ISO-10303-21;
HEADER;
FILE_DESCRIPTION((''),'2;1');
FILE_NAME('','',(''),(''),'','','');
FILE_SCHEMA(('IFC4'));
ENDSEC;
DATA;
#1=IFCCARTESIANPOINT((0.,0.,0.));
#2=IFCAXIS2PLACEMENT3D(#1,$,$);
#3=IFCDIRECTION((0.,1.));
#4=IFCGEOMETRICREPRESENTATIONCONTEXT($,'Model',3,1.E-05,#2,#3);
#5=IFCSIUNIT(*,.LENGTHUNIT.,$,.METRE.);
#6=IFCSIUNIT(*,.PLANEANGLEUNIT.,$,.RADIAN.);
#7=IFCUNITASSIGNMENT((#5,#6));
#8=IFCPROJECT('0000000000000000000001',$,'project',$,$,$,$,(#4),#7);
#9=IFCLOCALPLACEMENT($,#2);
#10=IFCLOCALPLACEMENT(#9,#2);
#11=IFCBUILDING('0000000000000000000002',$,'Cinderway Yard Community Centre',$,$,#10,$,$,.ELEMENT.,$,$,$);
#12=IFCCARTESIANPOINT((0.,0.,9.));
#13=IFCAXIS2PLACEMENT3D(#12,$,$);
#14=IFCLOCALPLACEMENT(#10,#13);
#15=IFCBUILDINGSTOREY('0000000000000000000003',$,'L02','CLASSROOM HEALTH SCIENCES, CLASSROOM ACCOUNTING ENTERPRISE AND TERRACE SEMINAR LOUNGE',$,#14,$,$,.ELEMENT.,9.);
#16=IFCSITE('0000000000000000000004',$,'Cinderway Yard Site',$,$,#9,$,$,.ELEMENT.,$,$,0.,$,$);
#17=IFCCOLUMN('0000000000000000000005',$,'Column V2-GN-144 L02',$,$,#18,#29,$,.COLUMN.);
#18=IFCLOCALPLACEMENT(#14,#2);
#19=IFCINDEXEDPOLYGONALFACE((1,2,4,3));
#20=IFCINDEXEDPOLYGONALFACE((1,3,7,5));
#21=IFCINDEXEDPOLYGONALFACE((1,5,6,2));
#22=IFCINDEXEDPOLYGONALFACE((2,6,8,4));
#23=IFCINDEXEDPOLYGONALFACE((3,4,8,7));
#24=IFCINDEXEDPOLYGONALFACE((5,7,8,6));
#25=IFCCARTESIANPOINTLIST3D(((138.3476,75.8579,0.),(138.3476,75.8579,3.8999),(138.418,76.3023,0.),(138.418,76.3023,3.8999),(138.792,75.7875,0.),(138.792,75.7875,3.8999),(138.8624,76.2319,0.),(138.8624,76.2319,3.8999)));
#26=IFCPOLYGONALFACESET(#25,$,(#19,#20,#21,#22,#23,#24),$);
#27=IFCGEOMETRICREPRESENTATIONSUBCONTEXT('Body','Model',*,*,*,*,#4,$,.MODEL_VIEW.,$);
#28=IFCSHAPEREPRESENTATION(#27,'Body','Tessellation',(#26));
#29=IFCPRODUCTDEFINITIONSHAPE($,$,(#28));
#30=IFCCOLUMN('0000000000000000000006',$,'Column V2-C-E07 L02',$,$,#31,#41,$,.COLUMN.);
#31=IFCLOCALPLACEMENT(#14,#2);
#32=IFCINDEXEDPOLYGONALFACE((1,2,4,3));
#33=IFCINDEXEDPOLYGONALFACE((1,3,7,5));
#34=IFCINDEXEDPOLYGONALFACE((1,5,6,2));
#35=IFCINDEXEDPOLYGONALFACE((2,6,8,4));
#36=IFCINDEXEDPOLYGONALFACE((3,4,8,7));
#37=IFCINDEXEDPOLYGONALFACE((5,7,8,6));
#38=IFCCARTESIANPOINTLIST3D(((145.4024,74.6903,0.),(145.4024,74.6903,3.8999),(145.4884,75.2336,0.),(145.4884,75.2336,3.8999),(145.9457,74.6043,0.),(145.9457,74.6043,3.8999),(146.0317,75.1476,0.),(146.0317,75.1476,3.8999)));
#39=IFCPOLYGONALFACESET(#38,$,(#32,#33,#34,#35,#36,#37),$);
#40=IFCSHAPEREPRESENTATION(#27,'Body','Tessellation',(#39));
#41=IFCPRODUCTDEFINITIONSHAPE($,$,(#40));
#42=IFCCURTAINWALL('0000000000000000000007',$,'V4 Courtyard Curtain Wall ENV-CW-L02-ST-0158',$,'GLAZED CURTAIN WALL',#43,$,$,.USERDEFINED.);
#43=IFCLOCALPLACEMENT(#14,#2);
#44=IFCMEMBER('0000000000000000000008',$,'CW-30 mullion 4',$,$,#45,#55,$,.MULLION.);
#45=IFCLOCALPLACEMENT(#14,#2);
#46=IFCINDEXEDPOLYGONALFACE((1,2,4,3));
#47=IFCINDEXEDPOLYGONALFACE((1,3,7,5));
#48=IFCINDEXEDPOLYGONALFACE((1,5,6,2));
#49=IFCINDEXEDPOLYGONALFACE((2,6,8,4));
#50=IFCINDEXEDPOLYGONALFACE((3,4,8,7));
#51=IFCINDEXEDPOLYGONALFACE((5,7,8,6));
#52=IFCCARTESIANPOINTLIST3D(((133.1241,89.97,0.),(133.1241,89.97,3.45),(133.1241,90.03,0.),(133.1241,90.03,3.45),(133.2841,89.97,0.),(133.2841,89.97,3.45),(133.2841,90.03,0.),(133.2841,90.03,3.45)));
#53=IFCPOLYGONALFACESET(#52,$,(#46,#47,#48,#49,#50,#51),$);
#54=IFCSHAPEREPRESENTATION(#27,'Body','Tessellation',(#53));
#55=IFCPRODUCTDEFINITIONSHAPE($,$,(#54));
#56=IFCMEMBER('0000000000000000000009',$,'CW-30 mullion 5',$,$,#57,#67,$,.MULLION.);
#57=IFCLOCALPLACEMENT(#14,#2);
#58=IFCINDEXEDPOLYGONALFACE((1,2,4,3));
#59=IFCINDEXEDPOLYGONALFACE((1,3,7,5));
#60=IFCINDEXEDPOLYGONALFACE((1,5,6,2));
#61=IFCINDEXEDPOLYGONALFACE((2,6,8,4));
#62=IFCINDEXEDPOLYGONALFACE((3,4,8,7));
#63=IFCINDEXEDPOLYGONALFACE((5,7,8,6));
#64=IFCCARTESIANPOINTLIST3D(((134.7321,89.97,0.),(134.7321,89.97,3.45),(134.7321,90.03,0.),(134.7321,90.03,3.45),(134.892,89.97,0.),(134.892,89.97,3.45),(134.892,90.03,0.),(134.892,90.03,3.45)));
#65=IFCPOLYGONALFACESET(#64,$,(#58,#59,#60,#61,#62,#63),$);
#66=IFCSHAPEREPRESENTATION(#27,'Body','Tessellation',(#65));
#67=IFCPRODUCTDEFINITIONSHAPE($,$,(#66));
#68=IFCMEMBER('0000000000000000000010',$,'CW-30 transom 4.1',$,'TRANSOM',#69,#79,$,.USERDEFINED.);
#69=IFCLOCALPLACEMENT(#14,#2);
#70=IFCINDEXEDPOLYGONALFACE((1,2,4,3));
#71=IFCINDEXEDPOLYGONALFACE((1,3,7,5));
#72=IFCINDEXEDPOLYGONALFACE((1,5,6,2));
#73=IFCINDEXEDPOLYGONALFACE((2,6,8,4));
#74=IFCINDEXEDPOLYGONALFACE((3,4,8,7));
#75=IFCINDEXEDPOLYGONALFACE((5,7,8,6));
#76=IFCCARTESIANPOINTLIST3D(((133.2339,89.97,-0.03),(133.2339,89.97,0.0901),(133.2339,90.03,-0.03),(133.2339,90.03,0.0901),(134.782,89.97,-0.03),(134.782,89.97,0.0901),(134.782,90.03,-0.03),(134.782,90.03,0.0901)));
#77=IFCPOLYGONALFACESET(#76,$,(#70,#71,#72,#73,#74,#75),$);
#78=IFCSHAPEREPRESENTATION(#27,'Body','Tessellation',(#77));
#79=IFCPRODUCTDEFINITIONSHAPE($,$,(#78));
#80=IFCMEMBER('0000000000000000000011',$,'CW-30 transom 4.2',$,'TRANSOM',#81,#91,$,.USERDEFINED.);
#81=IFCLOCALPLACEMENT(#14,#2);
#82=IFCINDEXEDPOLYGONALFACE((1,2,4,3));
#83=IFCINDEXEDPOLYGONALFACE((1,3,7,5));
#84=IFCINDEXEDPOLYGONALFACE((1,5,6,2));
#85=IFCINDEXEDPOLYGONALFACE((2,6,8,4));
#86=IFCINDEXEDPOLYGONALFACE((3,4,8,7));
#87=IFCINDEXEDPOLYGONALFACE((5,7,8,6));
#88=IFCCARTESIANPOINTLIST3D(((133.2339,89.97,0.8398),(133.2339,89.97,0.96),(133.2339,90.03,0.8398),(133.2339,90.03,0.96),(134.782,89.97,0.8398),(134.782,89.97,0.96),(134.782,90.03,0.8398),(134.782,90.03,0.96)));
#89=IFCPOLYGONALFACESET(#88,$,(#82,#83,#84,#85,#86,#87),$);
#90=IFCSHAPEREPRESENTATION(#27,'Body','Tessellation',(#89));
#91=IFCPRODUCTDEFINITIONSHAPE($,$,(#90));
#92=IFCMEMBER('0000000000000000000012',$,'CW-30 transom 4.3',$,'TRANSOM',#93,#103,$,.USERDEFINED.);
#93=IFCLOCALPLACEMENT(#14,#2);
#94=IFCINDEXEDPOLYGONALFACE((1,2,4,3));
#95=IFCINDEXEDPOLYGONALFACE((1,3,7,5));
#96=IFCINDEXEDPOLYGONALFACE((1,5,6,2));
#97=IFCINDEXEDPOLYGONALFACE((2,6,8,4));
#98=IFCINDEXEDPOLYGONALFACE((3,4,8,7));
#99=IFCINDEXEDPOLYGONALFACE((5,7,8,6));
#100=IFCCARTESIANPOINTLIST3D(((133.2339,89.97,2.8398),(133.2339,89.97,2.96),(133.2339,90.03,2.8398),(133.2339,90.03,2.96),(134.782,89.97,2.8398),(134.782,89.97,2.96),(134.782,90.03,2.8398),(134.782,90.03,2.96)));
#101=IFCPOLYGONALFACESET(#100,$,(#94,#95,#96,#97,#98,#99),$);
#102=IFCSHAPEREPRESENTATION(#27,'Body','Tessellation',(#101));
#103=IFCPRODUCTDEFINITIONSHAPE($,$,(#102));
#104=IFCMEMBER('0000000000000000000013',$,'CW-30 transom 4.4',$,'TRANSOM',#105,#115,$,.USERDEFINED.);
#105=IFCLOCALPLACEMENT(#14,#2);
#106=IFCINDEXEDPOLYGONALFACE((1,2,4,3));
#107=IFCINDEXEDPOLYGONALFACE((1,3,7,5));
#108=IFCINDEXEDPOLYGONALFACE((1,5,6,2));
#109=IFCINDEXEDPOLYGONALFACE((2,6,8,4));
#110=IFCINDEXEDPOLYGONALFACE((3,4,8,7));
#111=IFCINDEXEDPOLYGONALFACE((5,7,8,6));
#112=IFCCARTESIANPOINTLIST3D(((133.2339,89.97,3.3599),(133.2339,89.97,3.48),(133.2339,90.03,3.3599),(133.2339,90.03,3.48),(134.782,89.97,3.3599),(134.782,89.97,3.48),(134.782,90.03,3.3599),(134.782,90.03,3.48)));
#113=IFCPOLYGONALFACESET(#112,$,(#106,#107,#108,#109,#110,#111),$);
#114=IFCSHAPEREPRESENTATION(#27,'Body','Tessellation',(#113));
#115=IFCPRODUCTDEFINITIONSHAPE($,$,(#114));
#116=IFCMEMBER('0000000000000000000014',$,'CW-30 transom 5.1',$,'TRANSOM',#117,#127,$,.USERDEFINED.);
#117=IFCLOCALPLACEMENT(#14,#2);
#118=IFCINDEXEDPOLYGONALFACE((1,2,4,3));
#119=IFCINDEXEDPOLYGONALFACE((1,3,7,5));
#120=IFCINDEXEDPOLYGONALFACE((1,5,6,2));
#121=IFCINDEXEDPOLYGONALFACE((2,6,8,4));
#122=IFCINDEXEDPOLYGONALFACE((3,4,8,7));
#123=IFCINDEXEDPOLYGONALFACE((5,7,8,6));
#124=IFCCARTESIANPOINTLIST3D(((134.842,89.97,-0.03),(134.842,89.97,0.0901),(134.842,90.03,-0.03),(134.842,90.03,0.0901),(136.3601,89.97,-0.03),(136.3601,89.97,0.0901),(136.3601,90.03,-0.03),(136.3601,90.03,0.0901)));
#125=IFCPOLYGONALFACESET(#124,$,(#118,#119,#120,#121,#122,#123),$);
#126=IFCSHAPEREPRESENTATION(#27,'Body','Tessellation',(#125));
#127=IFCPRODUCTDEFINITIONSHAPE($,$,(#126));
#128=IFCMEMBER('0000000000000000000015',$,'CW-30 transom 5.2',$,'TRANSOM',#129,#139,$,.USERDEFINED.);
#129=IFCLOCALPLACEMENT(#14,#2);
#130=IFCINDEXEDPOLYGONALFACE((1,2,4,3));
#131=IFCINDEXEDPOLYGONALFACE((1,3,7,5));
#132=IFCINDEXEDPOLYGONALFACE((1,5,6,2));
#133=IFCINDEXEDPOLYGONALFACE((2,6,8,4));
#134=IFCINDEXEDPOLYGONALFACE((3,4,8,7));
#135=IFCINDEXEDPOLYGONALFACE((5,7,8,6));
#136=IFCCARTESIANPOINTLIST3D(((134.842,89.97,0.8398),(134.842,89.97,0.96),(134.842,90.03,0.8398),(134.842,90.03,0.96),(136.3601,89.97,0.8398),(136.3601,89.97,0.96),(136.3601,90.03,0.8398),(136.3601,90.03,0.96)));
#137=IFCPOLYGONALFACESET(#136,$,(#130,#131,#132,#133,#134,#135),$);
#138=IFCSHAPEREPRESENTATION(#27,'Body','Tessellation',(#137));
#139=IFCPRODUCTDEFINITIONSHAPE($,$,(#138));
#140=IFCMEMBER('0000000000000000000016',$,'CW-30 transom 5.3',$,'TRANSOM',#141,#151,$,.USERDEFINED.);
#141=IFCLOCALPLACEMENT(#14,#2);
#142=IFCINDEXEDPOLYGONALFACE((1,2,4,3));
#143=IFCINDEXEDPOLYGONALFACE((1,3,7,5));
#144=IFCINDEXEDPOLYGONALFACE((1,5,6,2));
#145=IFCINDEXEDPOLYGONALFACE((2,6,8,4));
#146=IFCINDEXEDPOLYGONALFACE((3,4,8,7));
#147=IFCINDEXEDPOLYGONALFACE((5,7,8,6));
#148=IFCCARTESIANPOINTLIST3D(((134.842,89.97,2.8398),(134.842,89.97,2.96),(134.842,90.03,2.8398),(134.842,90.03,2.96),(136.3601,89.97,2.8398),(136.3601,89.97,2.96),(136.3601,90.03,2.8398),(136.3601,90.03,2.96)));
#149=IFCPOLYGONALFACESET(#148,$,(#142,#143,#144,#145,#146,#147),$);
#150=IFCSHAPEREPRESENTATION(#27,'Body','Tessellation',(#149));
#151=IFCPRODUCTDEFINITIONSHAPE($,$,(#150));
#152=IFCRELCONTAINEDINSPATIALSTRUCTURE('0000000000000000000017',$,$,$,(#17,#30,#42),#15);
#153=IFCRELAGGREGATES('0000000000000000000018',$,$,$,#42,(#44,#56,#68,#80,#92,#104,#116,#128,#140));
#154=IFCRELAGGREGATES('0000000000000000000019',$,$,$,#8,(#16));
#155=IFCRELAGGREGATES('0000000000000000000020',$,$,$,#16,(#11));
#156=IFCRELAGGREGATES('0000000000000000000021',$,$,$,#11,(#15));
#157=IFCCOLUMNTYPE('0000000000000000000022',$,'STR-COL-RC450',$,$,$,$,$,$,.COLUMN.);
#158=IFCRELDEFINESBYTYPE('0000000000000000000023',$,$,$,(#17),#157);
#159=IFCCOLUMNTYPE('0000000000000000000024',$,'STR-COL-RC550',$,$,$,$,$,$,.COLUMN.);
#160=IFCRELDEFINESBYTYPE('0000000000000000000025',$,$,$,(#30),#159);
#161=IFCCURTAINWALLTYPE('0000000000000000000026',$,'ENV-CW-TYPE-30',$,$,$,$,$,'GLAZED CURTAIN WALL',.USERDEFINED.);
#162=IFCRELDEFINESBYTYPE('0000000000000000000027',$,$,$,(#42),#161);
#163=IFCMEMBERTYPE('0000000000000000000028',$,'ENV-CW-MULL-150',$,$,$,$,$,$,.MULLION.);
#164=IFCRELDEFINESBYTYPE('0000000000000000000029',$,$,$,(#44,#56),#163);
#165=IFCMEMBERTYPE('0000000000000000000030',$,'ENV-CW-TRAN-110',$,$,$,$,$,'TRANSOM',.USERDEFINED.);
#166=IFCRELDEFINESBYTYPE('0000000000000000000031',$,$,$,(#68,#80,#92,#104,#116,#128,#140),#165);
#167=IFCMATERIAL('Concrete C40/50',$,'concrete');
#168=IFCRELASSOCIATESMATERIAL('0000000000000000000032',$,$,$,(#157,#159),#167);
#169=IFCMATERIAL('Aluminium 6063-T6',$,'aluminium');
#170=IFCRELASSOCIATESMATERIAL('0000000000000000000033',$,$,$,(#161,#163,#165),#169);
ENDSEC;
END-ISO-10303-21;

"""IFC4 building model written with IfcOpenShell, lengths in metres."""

from ifc_helpers import new_model, si_unit, direction, frame, origin, origin_2d, place, context, subcontext, project, spatial, rectangle, extrude, material, material_profile, profile_set, type_object, element, aggregate, save


model = new_model("IFC4")

# Units and contexts
model_context = context("Model", 3, precision=1e-05, world=origin(), true_north=direction((0.0, 1.0)))
body_context = subcontext(model_context, "Body", "Model", "MODEL_VIEW")
ifc_project = project(units=[si_unit("LENGTHUNIT", "METRE"), si_unit("PLANEANGLEUNIT", "RADIAN")], contexts=[model_context])

# Site, building, storey
site_placement = place(None, origin())
site = spatial("IfcSite", under=ifc_project, at=site_placement, Name="Cinderway Yard Site", CompositionType="ELEMENT", RefElevation=0.0)
building_placement = place(site_placement, origin())
building = spatial("IfcBuilding", under=site, at=building_placement, Name="Cinderway Yard Community Centre", CompositionType="ELEMENT")
storey_placement = place(building_placement, frame((0.0, 0.0, 9.0)))
storey = spatial("IfcBuildingStorey", under=building, at=storey_placement, Name="L02", Description="CLASSROOM HEALTH SCIENCES, CLASSROOM ACCOUNTING ENTERPRISE AND TERRACE SEMINAR LOUNGE", CompositionType="ELEMENT", Elevation=9.0)

# Columns
ifc_material_1 = material(Name="Concrete C40/50", Category="concrete")
ifc_material_profile_1 = material_profile(ifc_material_1, rectangle(XDim=0.45, YDim=0.45, at=origin_2d()), Name="Concrete C40/50")
ifc_profile_set_1 = profile_set([ifc_material_profile_1], Name="Concrete C40/50")
column_type_1 = type_object("IfcColumnType", Name="STR-COL-RC450", PredefinedType="COLUMN", material=ifc_profile_set_1)
column_1_placement = place(storey_placement, frame((138.605, 76.0449, 0.0), z_axis=(0.0, 0.0, 1.0), x_axis=(0.987688, -0.156434, 0.0)))
element("IfcColumn", 1, at=column_1_placement, inside=storey, type_object=column_type_1, Name="Column V2-GN-144 L02", PredefinedType="COLUMN", context=body_context, shape_type="SweptSolid", body=[
    extrude(rectangle(XDim=0.45, YDim=0.45, at=origin_2d()), origin(), (0.0, 0.0, 1.0), 3.8999),
])
ifc_material_profile_2 = material_profile(ifc_material_1, rectangle(XDim=0.55, YDim=0.55, at=origin_2d()), Name="Concrete C40/50")
ifc_profile_set_2 = profile_set([ifc_material_profile_2], Name="Concrete C40/50")
column_type_2 = type_object("IfcColumnType", Name="STR-COL-RC550", PredefinedType="COLUMN", material=ifc_profile_set_2)
column_2_placement = place(storey_placement, frame((145.717, 74.9189, 0.0), z_axis=(0.0, 0.0, 1.0), x_axis=(0.987688, -0.156434, 0.0)))
element("IfcColumn", 2, at=column_2_placement, inside=storey, type_object=column_type_2, Name="Column V2-C-E07 L02", PredefinedType="COLUMN", context=body_context, shape_type="SweptSolid", body=[
    extrude(rectangle(XDim=0.55, YDim=0.55, at=origin_2d()), origin(), (0.0, 0.0, 1.0), 3.8999),
])

# Curtain wall, members
ifc_material_2 = material(Name="Aluminium 6063-T6", Category="aluminium")
curtain_wall_type = type_object("IfcCurtainWallType", Name="ENV-CW-TYPE-30", ElementType="GLAZED CURTAIN WALL", PredefinedType="USERDEFINED", material=ifc_material_2)
curtain_wall_placement = place(storey_placement, origin())
curtain_wall = element("IfcCurtainWall", 3, at=curtain_wall_placement, inside=storey, type_object=curtain_wall_type, Name="V4 Courtyard Curtain Wall ENV-CW-L02-ST-0158", ObjectType="GLAZED CURTAIN WALL", PredefinedType="USERDEFINED")
ifc_material_profile_3 = material_profile(ifc_material_2, rectangle(XDim=0.0601, YDim=0.1599, at=origin_2d()), Name="Aluminium 6063-T6")
ifc_profile_set_3 = profile_set([ifc_material_profile_3], Name="Aluminium 6063-T6")
member_type_1 = type_object("IfcMemberType", Name="ENV-CW-MULL-150", PredefinedType="MULLION", material=ifc_profile_set_3)
member_1_placement = place(storey_placement, frame((133.2041, 90.0, 0.0), z_axis=(0.0, 0.0, 1.0), x_axis=(0.0, 1.0, 0.0)))
member_1 = element("IfcMember", 4, at=member_1_placement, type_object=member_type_1, Name="CW-30 mullion 4", PredefinedType="MULLION", context=body_context, shape_type="SweptSolid", body=[
    extrude(rectangle(XDim=0.0601, YDim=0.1599, at=origin_2d()), origin(), (0.0, 0.0, 1.0), 3.45),
])
member_2_placement = place(storey_placement, frame((134.812, 90.0, 0.0), z_axis=(0.0, 0.0, 1.0), x_axis=(0.0, 1.0, 0.0)))
member_2 = element("IfcMember", 5, at=member_2_placement, type_object=member_type_1, Name="CW-30 mullion 5", PredefinedType="MULLION", context=body_context, shape_type="SweptSolid", body=[
    extrude(rectangle(XDim=0.0601, YDim=0.1599, at=origin_2d()), origin(), (0.0, 0.0, 1.0), 3.45),
])
ifc_material_profile_4 = material_profile(ifc_material_2, rectangle(XDim=0.0601, YDim=0.1201, at=origin_2d()), Name="Aluminium 6063-T6")
ifc_profile_set_4 = profile_set([ifc_material_profile_4], Name="Aluminium 6063-T6")
member_type_2 = type_object("IfcMemberType", Name="ENV-CW-TRAN-110", ElementType="TRANSOM", PredefinedType="USERDEFINED", material=ifc_profile_set_4)
member_3_placement = place(storey_placement, frame((133.2339, 90.0, 0.03), z_axis=(1.0, 0.0, 0.0), x_axis=(0.0, 1.0, 0.0)))
member_3 = element("IfcMember", 6, at=member_3_placement, type_object=member_type_2, Name="CW-30 transom 4.1", ObjectType="TRANSOM", PredefinedType="USERDEFINED", context=body_context, shape_type="SweptSolid", body=[
    extrude(rectangle(XDim=0.0601, YDim=0.1201, at=origin_2d()), origin(), (0.0, 0.0, 1.0), 1.5481),
])
member_4_placement = place(storey_placement, frame((133.2339, 90.0, 0.8999), z_axis=(1.0, 0.0, 0.0), x_axis=(0.0, 1.0, 0.0)))
member_4 = element("IfcMember", 7, at=member_4_placement, type_object=member_type_2, Name="CW-30 transom 4.2", ObjectType="TRANSOM", PredefinedType="USERDEFINED", context=body_context, shape_type="SweptSolid", body=[
    extrude(rectangle(XDim=0.0601, YDim=0.1201, at=origin_2d()), origin(), (0.0, 0.0, 1.0), 1.5481),
])
member_5_placement = place(storey_placement, frame((133.2339, 90.0, 2.8999), z_axis=(1.0, 0.0, 0.0), x_axis=(0.0, 1.0, 0.0)))
member_5 = element("IfcMember", 8, at=member_5_placement, type_object=member_type_2, Name="CW-30 transom 4.3", ObjectType="TRANSOM", PredefinedType="USERDEFINED", context=body_context, shape_type="SweptSolid", body=[
    extrude(rectangle(XDim=0.0601, YDim=0.1201, at=origin_2d()), origin(), (0.0, 0.0, 1.0), 1.5481),
])
member_6_placement = place(storey_placement, frame((133.2339, 90.0, 3.4199), z_axis=(1.0, 0.0, 0.0), x_axis=(0.0, 1.0, 0.0)))
member_6 = element("IfcMember", 9, at=member_6_placement, type_object=member_type_2, Name="CW-30 transom 4.4", ObjectType="TRANSOM", PredefinedType="USERDEFINED", context=body_context, shape_type="SweptSolid", body=[
    extrude(rectangle(XDim=0.0601, YDim=0.1201, at=origin_2d()), origin(), (0.0, 0.0, 1.0), 1.5481),
])
member_7_placement = place(storey_placement, frame((134.842, 90.0, 0.03), z_axis=(1.0, 0.0, 0.0), x_axis=(0.0, 1.0, 0.0)))
member_7 = element("IfcMember", 10, at=member_7_placement, type_object=member_type_2, Name="CW-30 transom 5.1", ObjectType="TRANSOM", PredefinedType="USERDEFINED", context=body_context, shape_type="SweptSolid", body=[
    extrude(rectangle(XDim=0.0601, YDim=0.1201, at=origin_2d()), origin(), (0.0, 0.0, 1.0), 1.5181),
])
member_8_placement = place(storey_placement, frame((134.842, 90.0, 0.8999), z_axis=(1.0, 0.0, 0.0), x_axis=(0.0, 1.0, 0.0)))
member_8 = element("IfcMember", 11, at=member_8_placement, type_object=member_type_2, Name="CW-30 transom 5.2", ObjectType="TRANSOM", PredefinedType="USERDEFINED", context=body_context, shape_type="SweptSolid", body=[
    extrude(rectangle(XDim=0.0601, YDim=0.1201, at=origin_2d()), origin(), (0.0, 0.0, 1.0), 1.5181),
])
member_9_placement = place(storey_placement, frame((134.842, 90.0, 2.8999), z_axis=(1.0, 0.0, 0.0), x_axis=(0.0, 1.0, 0.0)))
member_9 = element("IfcMember", 12, at=member_9_placement, type_object=member_type_2, Name="CW-30 transom 5.3", ObjectType="TRANSOM", PredefinedType="USERDEFINED", context=body_context, shape_type="SweptSolid", body=[
    extrude(rectangle(XDim=0.0601, YDim=0.1201, at=origin_2d()), origin(), (0.0, 0.0, 1.0), 1.5181),
])

aggregate(curtain_wall, [member_1, member_2, member_3, member_4, member_5, member_6, member_7, member_8, member_9])

save(model, "model.ifc")
